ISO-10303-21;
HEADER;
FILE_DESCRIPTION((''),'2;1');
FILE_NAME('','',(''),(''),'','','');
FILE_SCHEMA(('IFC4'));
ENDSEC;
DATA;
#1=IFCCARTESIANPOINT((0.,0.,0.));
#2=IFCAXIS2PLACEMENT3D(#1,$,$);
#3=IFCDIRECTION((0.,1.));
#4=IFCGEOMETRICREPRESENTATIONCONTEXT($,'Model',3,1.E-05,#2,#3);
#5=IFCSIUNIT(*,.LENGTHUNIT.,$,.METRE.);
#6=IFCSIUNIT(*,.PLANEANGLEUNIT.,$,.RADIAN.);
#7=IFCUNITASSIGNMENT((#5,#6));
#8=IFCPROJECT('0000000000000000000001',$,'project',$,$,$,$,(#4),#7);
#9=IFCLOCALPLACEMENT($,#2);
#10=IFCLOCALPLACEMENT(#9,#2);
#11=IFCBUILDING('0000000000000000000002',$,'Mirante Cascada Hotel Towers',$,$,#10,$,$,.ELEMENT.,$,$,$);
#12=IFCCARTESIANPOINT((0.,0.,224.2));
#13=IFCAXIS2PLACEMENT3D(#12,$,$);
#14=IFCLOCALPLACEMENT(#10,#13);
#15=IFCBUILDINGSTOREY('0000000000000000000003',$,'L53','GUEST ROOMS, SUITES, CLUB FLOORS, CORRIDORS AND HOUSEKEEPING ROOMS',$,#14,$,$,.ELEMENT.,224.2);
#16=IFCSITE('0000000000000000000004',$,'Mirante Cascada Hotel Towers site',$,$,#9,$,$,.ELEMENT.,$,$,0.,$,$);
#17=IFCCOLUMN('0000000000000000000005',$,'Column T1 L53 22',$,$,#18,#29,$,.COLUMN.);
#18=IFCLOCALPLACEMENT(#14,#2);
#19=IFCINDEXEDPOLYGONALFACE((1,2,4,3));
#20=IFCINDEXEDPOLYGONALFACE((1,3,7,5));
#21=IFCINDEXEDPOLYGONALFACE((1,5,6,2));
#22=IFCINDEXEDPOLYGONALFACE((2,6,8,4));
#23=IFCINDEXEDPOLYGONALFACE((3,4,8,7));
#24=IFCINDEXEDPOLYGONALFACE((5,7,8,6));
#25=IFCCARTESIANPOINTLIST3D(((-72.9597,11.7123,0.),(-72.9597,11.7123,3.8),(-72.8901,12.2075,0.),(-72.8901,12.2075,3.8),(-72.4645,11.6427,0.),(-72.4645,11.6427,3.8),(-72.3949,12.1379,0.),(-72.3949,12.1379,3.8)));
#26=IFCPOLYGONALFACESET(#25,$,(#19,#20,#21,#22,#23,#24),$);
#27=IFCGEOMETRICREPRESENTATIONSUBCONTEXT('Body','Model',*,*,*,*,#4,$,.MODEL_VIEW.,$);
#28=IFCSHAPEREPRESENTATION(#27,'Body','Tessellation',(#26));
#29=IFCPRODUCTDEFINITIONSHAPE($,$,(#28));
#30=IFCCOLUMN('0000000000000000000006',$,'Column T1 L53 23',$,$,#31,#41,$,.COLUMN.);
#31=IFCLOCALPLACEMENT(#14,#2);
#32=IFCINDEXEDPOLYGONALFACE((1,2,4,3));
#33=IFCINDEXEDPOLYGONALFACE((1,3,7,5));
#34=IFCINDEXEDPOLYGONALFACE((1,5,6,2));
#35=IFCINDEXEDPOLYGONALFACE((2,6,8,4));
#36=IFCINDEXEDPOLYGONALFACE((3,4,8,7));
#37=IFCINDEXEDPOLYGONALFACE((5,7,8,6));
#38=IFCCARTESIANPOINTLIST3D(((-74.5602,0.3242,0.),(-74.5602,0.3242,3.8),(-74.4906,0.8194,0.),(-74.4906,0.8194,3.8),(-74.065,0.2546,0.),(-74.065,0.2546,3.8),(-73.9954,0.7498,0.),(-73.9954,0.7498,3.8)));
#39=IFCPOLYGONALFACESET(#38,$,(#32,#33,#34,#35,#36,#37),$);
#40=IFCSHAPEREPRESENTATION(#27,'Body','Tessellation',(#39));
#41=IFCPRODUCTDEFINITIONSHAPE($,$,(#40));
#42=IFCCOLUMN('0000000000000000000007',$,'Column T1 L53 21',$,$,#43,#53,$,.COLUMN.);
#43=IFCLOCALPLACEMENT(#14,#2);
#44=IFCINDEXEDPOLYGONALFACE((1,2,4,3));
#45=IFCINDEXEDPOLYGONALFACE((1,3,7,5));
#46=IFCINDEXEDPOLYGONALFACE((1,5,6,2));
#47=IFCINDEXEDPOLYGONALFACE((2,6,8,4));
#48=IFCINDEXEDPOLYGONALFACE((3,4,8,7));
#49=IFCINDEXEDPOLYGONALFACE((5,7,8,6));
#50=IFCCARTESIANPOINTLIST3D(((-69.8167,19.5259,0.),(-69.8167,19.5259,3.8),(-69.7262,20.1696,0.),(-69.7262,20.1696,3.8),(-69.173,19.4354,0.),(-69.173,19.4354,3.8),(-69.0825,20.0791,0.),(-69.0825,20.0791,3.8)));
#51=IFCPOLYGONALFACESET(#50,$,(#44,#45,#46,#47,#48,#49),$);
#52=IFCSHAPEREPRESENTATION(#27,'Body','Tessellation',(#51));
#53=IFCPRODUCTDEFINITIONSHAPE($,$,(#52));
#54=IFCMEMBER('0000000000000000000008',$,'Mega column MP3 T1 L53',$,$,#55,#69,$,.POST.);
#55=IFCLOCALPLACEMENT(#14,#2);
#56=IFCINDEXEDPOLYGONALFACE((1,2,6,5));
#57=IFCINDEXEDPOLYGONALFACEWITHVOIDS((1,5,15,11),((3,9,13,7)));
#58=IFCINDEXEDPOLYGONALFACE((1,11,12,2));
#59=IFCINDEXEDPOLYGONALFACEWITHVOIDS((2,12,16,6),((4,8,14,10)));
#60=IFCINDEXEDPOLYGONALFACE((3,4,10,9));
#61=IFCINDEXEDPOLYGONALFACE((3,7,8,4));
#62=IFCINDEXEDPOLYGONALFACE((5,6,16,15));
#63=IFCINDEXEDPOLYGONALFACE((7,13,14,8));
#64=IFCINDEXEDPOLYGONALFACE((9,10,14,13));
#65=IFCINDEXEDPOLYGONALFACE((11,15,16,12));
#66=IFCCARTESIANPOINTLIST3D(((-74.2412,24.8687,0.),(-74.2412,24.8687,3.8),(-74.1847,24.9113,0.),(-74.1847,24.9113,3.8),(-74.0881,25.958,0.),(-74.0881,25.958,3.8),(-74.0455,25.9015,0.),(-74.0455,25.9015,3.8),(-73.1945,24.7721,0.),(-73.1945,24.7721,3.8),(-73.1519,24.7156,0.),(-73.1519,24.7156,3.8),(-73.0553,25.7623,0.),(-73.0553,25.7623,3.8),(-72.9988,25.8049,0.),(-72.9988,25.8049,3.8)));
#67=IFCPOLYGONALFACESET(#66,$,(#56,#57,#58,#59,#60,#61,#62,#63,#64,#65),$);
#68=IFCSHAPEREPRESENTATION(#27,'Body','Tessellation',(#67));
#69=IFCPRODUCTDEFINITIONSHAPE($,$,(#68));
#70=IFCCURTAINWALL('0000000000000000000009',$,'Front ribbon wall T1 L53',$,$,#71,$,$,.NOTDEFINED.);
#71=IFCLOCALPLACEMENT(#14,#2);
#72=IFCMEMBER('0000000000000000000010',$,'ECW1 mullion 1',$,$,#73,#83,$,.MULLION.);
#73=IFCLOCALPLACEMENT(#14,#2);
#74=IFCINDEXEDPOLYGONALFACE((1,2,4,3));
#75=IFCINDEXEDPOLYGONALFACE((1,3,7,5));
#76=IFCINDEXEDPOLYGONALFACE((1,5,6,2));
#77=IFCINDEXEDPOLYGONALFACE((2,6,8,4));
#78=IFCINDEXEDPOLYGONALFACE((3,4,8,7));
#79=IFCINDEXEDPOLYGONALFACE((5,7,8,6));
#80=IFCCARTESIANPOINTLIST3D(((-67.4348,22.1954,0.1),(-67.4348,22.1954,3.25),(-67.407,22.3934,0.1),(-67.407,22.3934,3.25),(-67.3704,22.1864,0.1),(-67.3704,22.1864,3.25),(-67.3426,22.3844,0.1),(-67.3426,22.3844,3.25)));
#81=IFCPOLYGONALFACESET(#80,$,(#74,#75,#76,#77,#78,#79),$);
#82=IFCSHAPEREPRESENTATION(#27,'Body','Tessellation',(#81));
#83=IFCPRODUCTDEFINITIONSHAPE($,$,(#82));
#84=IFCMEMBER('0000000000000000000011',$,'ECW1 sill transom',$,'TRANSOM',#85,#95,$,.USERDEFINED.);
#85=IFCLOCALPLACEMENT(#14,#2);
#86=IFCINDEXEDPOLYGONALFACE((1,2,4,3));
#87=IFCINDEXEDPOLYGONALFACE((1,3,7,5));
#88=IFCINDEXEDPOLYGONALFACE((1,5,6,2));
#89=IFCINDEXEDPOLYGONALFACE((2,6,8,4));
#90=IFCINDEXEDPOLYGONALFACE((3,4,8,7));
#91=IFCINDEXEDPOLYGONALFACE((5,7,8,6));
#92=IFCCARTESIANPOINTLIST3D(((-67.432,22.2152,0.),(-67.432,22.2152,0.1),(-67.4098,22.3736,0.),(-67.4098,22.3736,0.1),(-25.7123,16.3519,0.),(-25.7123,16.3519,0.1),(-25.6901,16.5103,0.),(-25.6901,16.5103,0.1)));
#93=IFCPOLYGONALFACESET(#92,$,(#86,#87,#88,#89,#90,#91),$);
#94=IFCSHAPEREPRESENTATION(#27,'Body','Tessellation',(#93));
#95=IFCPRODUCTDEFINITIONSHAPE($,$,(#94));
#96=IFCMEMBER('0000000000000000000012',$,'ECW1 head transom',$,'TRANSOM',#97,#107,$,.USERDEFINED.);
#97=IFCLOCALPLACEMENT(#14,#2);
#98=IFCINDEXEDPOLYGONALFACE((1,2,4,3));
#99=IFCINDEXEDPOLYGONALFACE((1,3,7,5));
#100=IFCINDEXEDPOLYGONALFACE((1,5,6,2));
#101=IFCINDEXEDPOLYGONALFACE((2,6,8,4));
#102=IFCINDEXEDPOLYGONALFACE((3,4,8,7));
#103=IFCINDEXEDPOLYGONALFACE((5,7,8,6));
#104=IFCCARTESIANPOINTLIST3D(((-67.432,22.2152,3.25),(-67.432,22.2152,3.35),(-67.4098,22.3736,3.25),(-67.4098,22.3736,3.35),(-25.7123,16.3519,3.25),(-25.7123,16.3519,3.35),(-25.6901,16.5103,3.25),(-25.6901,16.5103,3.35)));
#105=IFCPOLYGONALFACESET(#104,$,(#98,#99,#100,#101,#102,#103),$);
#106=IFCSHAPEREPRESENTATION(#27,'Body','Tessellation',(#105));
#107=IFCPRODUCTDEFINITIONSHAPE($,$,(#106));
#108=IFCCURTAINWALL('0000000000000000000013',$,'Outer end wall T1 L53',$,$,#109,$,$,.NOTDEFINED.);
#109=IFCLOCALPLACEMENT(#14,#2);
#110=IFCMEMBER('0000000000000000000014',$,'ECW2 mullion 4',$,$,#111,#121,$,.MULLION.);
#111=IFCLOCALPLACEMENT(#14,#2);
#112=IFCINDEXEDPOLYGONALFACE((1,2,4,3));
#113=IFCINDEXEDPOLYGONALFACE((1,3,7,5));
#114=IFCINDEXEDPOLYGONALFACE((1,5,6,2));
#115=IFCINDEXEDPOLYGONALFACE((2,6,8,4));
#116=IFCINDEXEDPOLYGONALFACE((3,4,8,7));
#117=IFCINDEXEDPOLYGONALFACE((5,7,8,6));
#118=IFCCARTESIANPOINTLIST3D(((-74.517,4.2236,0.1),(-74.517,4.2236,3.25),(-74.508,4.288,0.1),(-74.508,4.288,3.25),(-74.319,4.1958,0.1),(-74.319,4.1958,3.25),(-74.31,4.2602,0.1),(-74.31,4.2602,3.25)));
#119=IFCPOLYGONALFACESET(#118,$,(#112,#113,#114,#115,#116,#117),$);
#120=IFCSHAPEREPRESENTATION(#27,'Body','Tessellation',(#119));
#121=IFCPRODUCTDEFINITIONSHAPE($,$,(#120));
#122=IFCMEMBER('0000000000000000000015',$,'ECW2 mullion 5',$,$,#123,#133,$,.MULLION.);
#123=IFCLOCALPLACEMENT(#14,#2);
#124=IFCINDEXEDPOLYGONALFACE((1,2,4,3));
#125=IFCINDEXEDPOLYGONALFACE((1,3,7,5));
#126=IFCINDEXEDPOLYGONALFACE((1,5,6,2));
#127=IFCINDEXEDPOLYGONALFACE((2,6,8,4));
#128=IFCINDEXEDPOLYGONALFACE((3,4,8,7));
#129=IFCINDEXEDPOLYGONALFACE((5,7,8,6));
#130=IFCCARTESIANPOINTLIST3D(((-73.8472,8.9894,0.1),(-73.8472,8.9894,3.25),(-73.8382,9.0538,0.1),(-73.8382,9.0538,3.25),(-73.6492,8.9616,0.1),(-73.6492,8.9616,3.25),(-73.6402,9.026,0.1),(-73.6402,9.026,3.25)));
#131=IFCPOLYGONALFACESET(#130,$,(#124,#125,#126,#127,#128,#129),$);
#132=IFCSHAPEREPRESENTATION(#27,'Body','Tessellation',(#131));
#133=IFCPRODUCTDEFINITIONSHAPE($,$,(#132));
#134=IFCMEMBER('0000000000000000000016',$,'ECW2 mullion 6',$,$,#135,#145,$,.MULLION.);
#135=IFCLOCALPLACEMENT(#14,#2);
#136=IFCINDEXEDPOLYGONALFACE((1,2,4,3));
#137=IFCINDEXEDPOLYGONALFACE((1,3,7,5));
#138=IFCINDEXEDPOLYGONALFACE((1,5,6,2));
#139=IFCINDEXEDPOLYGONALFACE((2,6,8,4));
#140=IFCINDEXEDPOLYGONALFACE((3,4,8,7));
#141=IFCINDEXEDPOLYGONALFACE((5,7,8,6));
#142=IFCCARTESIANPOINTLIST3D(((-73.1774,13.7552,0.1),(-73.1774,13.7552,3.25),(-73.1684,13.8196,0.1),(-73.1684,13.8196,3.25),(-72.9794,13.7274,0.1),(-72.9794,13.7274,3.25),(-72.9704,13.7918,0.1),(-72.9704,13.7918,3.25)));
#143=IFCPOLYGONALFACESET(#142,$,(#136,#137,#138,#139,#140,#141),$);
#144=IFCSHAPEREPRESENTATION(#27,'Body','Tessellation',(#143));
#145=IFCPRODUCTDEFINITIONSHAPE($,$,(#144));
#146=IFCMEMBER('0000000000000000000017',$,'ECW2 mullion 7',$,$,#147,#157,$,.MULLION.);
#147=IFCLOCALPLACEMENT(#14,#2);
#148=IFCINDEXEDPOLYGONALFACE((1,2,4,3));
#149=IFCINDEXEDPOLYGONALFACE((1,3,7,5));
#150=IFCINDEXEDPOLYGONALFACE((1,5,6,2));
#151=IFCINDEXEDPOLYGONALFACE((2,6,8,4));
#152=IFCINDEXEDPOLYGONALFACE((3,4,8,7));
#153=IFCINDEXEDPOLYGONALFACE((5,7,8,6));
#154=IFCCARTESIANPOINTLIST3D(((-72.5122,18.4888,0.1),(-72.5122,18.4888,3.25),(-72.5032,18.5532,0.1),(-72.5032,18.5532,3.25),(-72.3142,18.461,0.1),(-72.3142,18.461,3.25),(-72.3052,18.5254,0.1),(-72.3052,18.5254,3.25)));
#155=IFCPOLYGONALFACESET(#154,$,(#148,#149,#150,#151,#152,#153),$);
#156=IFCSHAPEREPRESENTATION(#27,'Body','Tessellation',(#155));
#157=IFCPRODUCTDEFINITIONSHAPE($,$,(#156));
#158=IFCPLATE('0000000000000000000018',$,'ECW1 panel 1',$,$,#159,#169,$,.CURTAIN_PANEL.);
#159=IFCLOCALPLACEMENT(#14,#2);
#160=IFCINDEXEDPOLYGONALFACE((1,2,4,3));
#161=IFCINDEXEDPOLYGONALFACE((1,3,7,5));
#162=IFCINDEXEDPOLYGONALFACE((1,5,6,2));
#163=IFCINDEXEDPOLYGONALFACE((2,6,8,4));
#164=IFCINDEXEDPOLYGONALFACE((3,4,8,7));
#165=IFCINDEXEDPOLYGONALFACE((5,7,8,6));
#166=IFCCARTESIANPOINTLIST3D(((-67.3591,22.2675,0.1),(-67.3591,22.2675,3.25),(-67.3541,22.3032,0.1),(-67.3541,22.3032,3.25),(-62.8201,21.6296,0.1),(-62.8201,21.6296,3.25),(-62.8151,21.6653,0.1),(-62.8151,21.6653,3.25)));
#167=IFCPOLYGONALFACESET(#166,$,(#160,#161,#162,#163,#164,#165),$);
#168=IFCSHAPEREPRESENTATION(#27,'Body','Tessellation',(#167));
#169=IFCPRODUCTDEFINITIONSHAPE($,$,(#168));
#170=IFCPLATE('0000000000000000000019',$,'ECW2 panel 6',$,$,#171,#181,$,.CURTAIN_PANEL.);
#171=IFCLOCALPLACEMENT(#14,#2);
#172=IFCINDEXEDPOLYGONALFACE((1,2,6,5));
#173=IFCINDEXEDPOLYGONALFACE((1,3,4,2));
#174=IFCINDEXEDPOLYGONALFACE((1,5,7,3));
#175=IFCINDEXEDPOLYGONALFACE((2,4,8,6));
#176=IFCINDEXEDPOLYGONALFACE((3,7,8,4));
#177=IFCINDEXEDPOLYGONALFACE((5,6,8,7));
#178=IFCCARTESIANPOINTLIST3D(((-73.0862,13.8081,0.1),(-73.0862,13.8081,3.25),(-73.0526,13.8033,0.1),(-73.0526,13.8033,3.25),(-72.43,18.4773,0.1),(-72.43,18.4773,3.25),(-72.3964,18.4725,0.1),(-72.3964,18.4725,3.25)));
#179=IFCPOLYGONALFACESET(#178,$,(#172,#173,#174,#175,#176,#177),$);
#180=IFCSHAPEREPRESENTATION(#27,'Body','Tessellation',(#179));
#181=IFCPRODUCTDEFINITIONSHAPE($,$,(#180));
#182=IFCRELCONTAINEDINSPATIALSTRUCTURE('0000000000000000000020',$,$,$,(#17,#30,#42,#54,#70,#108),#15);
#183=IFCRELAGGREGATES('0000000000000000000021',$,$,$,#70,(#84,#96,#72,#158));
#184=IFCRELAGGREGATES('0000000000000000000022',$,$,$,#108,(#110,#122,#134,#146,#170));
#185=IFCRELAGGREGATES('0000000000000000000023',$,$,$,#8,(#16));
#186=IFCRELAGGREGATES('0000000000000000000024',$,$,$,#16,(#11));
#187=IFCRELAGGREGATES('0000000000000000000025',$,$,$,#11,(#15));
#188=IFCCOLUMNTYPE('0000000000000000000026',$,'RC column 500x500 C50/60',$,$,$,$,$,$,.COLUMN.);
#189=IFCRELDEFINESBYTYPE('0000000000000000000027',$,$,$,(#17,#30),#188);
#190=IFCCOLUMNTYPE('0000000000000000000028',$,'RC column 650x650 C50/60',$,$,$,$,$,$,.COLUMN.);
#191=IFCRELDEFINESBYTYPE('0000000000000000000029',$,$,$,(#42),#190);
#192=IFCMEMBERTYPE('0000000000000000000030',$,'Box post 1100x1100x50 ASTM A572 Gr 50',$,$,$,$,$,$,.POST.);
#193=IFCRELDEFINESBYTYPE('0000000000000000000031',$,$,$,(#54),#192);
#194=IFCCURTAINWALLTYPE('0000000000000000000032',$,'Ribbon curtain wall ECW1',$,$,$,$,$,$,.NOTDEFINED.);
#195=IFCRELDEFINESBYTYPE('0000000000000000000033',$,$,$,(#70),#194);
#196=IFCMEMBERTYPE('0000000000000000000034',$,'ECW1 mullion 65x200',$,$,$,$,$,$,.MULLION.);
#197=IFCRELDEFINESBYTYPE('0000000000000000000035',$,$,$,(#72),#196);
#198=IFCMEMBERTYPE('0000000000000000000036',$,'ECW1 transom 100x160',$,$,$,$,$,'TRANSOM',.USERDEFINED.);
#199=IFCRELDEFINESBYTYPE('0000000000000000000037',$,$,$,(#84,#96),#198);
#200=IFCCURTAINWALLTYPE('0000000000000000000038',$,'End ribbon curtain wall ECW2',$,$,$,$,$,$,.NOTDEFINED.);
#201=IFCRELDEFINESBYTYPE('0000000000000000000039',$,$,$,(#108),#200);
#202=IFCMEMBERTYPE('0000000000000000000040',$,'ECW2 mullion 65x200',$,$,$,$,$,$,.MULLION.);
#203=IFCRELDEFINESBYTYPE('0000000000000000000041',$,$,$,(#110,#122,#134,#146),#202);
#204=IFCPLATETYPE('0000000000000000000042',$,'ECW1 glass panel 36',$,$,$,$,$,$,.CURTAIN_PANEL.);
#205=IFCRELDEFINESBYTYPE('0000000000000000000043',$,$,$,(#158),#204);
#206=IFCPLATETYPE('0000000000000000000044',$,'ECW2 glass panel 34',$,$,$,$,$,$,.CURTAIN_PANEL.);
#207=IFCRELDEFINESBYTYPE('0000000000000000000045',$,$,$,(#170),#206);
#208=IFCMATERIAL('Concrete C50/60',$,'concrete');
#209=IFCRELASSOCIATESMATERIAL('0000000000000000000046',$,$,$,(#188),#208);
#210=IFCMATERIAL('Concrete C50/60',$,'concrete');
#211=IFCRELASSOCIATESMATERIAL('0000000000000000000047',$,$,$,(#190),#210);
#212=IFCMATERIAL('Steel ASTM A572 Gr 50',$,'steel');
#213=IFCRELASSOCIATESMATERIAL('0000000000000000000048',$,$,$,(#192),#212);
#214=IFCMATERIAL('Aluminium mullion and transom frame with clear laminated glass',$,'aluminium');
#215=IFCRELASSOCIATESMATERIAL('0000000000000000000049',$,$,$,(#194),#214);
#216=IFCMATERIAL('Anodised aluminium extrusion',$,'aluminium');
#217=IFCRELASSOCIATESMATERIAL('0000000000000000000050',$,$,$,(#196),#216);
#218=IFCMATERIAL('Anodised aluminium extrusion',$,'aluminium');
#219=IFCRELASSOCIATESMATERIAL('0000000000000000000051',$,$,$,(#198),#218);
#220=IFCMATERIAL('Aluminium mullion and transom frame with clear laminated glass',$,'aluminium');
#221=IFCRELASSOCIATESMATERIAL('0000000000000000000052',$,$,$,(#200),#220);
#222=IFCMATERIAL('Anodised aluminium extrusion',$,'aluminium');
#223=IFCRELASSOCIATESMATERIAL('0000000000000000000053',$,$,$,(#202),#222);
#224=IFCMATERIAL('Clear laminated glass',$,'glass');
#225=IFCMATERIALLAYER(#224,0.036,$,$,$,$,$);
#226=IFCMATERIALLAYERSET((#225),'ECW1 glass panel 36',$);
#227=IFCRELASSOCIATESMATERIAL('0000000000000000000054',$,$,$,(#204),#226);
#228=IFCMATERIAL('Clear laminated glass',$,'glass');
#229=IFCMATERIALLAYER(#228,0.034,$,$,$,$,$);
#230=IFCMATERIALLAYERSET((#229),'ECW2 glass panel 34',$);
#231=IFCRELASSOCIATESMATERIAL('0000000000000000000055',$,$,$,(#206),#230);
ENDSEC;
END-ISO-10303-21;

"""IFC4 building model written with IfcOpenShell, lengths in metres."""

from ifc_helpers import new_model, si_unit, direction, frame, origin, origin_2d, place, context, subcontext, project, spatial, rectangle, hollow_rectangle, extrude, material, layer, layer_set, material_profile, profile_set, type_object, element, aggregate, save


model = new_model("IFC4")

# Units and contexts
model_context = context("Model", 3, precision=1e-05, world=origin(), true_north=direction((0.0, 1.0)))
body_context = subcontext(model_context, "Body", "Model", "MODEL_VIEW")
ifc_project = project(units=[si_unit("LENGTHUNIT", "METRE"), si_unit("PLANEANGLEUNIT", "RADIAN")], contexts=[model_context])

# Site, building, storey
site_placement = place(None, origin())
site = spatial("IfcSite", under=ifc_project, at=site_placement, Name="Mirante Cascada Hotel Towers site", CompositionType="ELEMENT", RefElevation=0.0)
building_placement = place(site_placement, origin())
building = spatial("IfcBuilding", under=site, at=building_placement, Name="Mirante Cascada Hotel Towers", CompositionType="ELEMENT")
storey_placement = place(building_placement, frame((0.0, 0.0, 224.2)))
storey = spatial("IfcBuildingStorey", under=building, at=storey_placement, Name="L53", Description="GUEST ROOMS, SUITES, CLUB FLOORS, CORRIDORS AND HOUSEKEEPING ROOMS", CompositionType="ELEMENT", Elevation=224.2)

# Columns
ifc_material_1 = material(Name="Concrete C50/60", Category="concrete")
ifc_material_profile_1 = material_profile(ifc_material_1, rectangle(XDim=0.5, YDim=0.5, at=origin_2d()), Name="RC column 500x500 C50/60")
ifc_profile_set_1 = profile_set([ifc_material_profile_1], Name="Concrete C50/60")
column_type_1 = type_object("IfcColumnType", Name="RC column 500x500 C50/60", PredefinedType="COLUMN", material=ifc_profile_set_1)
for number, where, z_axis, x_axis, name in (
    (1, (-72.6773, 11.9251, 0.0), (0.0, 0.0, 1.0), (-0.990268, 0.139173, 0.0), "Column T1 L53 22"),
    (2, (-74.2778, 0.537, 0.0), (0.0, 0.0, 1.0), (-0.990268, 0.139173, 0.0), "Column T1 L53 23"),
):
    element("IfcColumn", number, at=place(storey_placement, frame(where, z_axis=z_axis, x_axis=x_axis)), inside=storey, type_object=column_type_1, Name=name, PredefinedType="COLUMN", context=body_context, shape_type="SweptSolid", body=[
        extrude(rectangle(XDim=0.5, YDim=0.5, at=origin_2d()), origin(), (0.0, 0.0, 1.0), 3.8),
    ])
ifc_material_2 = material(Name="Concrete C50/60", Category="concrete")
ifc_material_profile_2 = material_profile(ifc_material_2, rectangle(XDim=0.65, YDim=0.65, at=origin_2d()), Name="RC column 650x650 C50/60")
ifc_profile_set_2 = profile_set([ifc_material_profile_2], Name="Concrete C50/60")
column_type_2 = type_object("IfcColumnType", Name="RC column 650x650 C50/60", PredefinedType="COLUMN", material=ifc_profile_set_2)
column_placement = place(storey_placement, frame((-69.4496, 19.8025, 0.0), z_axis=(0.0, 0.0, 1.0), x_axis=(-0.990268, 0.139173, 0.0)))
element("IfcColumn", 3, at=column_placement, inside=storey, type_object=column_type_2, Name="Column T1 L53 21", PredefinedType="COLUMN", context=body_context, shape_type="SweptSolid", body=[
    extrude(rectangle(XDim=0.65, YDim=0.65, at=origin_2d()), origin(), (0.0, 0.0, 1.0), 3.8),
])

# Member
ifc_material_3 = material(Name="Steel ASTM A572 Gr 50", Category="steel")
ifc_material_profile_3 = material_profile(ifc_material_3, hollow_rectangle(XDim=1.1, YDim=1.1, WallThickness=0.05, at=origin_2d()), Name="Box post 1100x1100x50 ASTM A572 Gr 50")
ifc_profile_set_3 = profile_set([ifc_material_profile_3], Name="Steel ASTM A572 Gr 50")
member_type_1 = type_object("IfcMemberType", Name="Box post 1100x1100x50 ASTM A572 Gr 50", PredefinedType="POST", material=ifc_profile_set_3)
member_1_placement = place(storey_placement, frame((-73.62, 25.3368, 0.0), z_axis=(0.0, 0.0, 1.0), x_axis=(-0.990268, 0.139173, 0.0)))
element("IfcMember", 4, at=member_1_placement, inside=storey, type_object=member_type_1, Name="Mega column MP3 T1 L53", PredefinedType="POST", context=body_context, shape_type="SweptSolid", body=[
    extrude(hollow_rectangle(XDim=1.1, YDim=1.1, WallThickness=0.05, at=origin_2d()), origin(), (0.0, 0.0, 1.0), 3.8),
])

# Curtain walls, members
ifc_material_4 = material(Name="Aluminium mullion and transom frame with clear laminated glass", Category="aluminium")
curtain_wall_type_1 = type_object("IfcCurtainWallType", Name="Ribbon curtain wall ECW1", PredefinedType="NOTDEFINED", material=ifc_material_4)
curtain_wall_1_placement = place(storey_placement, origin())
curtain_wall_1 = element("IfcCurtainWall", 5, at=curtain_wall_1_placement, inside=storey, type_object=curtain_wall_type_1, Name="Front ribbon wall T1 L53", PredefinedType="NOTDEFINED")
ifc_material_5 = material(Name="Anodised aluminium extrusion", Category="aluminium")
ifc_material_profile_4 = material_profile(ifc_material_5, rectangle(XDim=0.2, YDim=0.065, at=origin_2d()), Name="ECW1 MULLION 65x200")
ifc_profile_set_4 = profile_set([ifc_material_profile_4], Name="Anodised aluminium extrusion")
member_type_2 = type_object("IfcMemberType", Name="ECW1 mullion 65x200", PredefinedType="MULLION", material=ifc_profile_set_4)
member_2_placement = place(storey_placement, frame((-67.3887, 22.2899, 0.1), z_axis=(0.0, 0.0, 1.0), x_axis=(0.139173, 0.990268, 0.0)))
member_2 = element("IfcMember", 6, at=member_2_placement, type_object=member_type_2, Name="ECW1 mullion 1", PredefinedType="MULLION", context=body_context, shape_type="SweptSolid", body=[
    extrude(rectangle(XDim=0.2, YDim=0.065, at=origin_2d()), origin(), (0.0, 0.0, 1.0), 3.15),
])
ifc_material_6 = material(Name="Anodised aluminium extrusion", Category="aluminium")
ifc_material_profile_5 = material_profile(ifc_material_6, rectangle(XDim=0.16, YDim=0.1, at=origin_2d()), Name="ECW1 TRANSOM 100x160")
ifc_profile_set_5 = profile_set([ifc_material_profile_5], Name="Anodised aluminium extrusion")
member_type_3 = type_object("IfcMemberType", Name="ECW1 transom 100x160", ElementType="TRANSOM", PredefinedType="USERDEFINED", material=ifc_profile_set_5)
member_3_placement = place(storey_placement, frame((-67.4209, 22.2944, 0.05), z_axis=(0.990268, -0.139173, 0.0), x_axis=(0.139173, 0.990268, 0.0)))
member_3 = element("IfcMember", 7, at=member_3_placement, type_object=member_type_3, Name="ECW1 sill transom", ObjectType="TRANSOM", PredefinedType="USERDEFINED", context=body_context, shape_type="SweptSolid", body=[
    extrude(rectangle(XDim=0.16, YDim=0.1, at=origin_2d()), origin(), (0.0, 0.0, 1.0), 42.1297),
])
member_4_placement = place(storey_placement, frame((-67.4209, 22.2944, 3.3), z_axis=(0.990268, -0.139173, 0.0), x_axis=(0.139173, 0.990268, 0.0)))
member_4 = element("IfcMember", 8, at=member_4_placement, type_object=member_type_3, Name="ECW1 head transom", ObjectType="TRANSOM", PredefinedType="USERDEFINED", context=body_context, shape_type="SweptSolid", body=[
    extrude(rectangle(XDim=0.16, YDim=0.1, at=origin_2d()), origin(), (0.0, 0.0, 1.0), 42.1297),
])
ifc_material_7 = material(Name="Aluminium mullion and transom frame with clear laminated glass", Category="aluminium")
curtain_wall_type_2 = type_object("IfcCurtainWallType", Name="End ribbon curtain wall ECW2", PredefinedType="NOTDEFINED", material=ifc_material_7)
curtain_wall_2_placement = place(storey_placement, origin())
curtain_wall_2 = element("IfcCurtainWall", 9, at=curtain_wall_2_placement, inside=storey, type_object=curtain_wall_type_2, Name="Outer end wall T1 L53", PredefinedType="NOTDEFINED")
ifc_material_8 = material(Name="Anodised aluminium extrusion", Category="aluminium")
ifc_material_profile_6 = material_profile(ifc_material_8, rectangle(XDim=0.2, YDim=0.065, at=origin_2d()), Name="ECW2 MULLION 65x200")
ifc_profile_set_6 = profile_set([ifc_material_profile_6], Name="Anodised aluminium extrusion")
member_type_4 = type_object("IfcMemberType", Name="ECW2 mullion 65x200", PredefinedType="MULLION", material=ifc_profile_set_6)
member_5_placement = place(storey_placement, frame((-74.4135, 4.2419, 0.1), z_axis=(0.0, 0.0, 1.0), x_axis=(-0.990268, 0.139173, 0.0)))
member_5 = element("IfcMember", 10, at=member_5_placement, type_object=member_type_4, Name="ECW2 mullion 4", PredefinedType="MULLION", context=body_context, shape_type="SweptSolid", body=[
    extrude(rectangle(XDim=0.2, YDim=0.065, at=origin_2d()), origin(), (0.0, 0.0, 1.0), 3.15),
])
member_6_placement = place(storey_placement, frame((-73.7437, 9.0077, 0.1), z_axis=(0.0, 0.0, 1.0), x_axis=(-0.990268, 0.139173, 0.0)))
member_6 = element("IfcMember", 11, at=member_6_placement, type_object=member_type_4, Name="ECW2 mullion 5", PredefinedType="MULLION", context=body_context, shape_type="SweptSolid", body=[
    extrude(rectangle(XDim=0.2, YDim=0.065, at=origin_2d()), origin(), (0.0, 0.0, 1.0), 3.15),
])
member_7_placement = place(storey_placement, frame((-73.0739, 13.7735, 0.1), z_axis=(0.0, 0.0, 1.0), x_axis=(-0.990268, 0.139173, 0.0)))
member_7 = element("IfcMember", 12, at=member_7_placement, type_object=member_type_4, Name="ECW2 mullion 6", PredefinedType="MULLION", context=body_context, shape_type="SweptSolid", body=[
    extrude(rectangle(XDim=0.2, YDim=0.065, at=origin_2d()), origin(), (0.0, 0.0, 1.0), 3.15),
])
member_8_placement = place(storey_placement, frame((-72.4087, 18.5071, 0.1), z_axis=(0.0, 0.0, 1.0), x_axis=(-0.990268, 0.139173, 0.0)))
member_8 = element("IfcMember", 13, at=member_8_placement, type_object=member_type_4, Name="ECW2 mullion 7", PredefinedType="MULLION", context=body_context, shape_type="SweptSolid", body=[
    extrude(rectangle(XDim=0.2, YDim=0.065, at=origin_2d()), origin(), (0.0, 0.0, 1.0), 3.15),
])

# Plates
ifc_material_9 = material(Name="Clear laminated glass", Category="glass")
ifc_layer_1 = layer(ifc_material_9, 0.036)
ifc_layer_set_1 = layer_set([ifc_layer_1], Name="ECW1 glass panel 36")
plate_type_1 = type_object("IfcPlateType", Name="ECW1 glass panel 36", PredefinedType="CURTAIN_PANEL", material=ifc_layer_set_1)
plate_1_placement = place(storey_placement, frame((-65.0871, 21.9664, 0.1), z_axis=(0.0, 0.0, 1.0), x_axis=(0.990268, -0.139173, 0.0)))
plate_1 = element("IfcPlate", 14, at=plate_1_placement, type_object=plate_type_1, Name="ECW1 panel 1", PredefinedType="CURTAIN_PANEL", context=body_context, shape_type="SweptSolid", body=[
    extrude(rectangle(XDim=4.5836, YDim=0.036, at=origin_2d()), origin(), (0.0, 0.0, 1.0), 3.15),
])
aggregate(curtain_wall_1, [member_3, member_4, member_2, plate_1])
ifc_material_10 = material(Name="Clear laminated glass", Category="glass")
ifc_layer_2 = layer(ifc_material_10, 0.034)
ifc_layer_set_2 = layer_set([ifc_layer_2], Name="ECW2 glass panel 34")
plate_type_2 = type_object("IfcPlateType", Name="ECW2 glass panel 34", PredefinedType="CURTAIN_PANEL", material=ifc_layer_set_2)
plate_2_placement = place(storey_placement, frame((-72.7413, 16.1403, 0.1), z_axis=(0.0, 0.0, 1.0), x_axis=(0.139173, 0.990268, 0.0)))
plate_2 = element("IfcPlate", 15, at=plate_2_placement, type_object=plate_type_2, Name="ECW2 panel 6", PredefinedType="CURTAIN_PANEL", context=body_context, shape_type="SweptSolid", body=[
    extrude(rectangle(XDim=4.7151, YDim=0.034, at=origin_2d()), origin(), (0.0, 0.0, 1.0), 3.15),
])
aggregate(curtain_wall_2, [member_5, member_6, member_7, member_8, plate_2])

save(model, "model.ifc")
